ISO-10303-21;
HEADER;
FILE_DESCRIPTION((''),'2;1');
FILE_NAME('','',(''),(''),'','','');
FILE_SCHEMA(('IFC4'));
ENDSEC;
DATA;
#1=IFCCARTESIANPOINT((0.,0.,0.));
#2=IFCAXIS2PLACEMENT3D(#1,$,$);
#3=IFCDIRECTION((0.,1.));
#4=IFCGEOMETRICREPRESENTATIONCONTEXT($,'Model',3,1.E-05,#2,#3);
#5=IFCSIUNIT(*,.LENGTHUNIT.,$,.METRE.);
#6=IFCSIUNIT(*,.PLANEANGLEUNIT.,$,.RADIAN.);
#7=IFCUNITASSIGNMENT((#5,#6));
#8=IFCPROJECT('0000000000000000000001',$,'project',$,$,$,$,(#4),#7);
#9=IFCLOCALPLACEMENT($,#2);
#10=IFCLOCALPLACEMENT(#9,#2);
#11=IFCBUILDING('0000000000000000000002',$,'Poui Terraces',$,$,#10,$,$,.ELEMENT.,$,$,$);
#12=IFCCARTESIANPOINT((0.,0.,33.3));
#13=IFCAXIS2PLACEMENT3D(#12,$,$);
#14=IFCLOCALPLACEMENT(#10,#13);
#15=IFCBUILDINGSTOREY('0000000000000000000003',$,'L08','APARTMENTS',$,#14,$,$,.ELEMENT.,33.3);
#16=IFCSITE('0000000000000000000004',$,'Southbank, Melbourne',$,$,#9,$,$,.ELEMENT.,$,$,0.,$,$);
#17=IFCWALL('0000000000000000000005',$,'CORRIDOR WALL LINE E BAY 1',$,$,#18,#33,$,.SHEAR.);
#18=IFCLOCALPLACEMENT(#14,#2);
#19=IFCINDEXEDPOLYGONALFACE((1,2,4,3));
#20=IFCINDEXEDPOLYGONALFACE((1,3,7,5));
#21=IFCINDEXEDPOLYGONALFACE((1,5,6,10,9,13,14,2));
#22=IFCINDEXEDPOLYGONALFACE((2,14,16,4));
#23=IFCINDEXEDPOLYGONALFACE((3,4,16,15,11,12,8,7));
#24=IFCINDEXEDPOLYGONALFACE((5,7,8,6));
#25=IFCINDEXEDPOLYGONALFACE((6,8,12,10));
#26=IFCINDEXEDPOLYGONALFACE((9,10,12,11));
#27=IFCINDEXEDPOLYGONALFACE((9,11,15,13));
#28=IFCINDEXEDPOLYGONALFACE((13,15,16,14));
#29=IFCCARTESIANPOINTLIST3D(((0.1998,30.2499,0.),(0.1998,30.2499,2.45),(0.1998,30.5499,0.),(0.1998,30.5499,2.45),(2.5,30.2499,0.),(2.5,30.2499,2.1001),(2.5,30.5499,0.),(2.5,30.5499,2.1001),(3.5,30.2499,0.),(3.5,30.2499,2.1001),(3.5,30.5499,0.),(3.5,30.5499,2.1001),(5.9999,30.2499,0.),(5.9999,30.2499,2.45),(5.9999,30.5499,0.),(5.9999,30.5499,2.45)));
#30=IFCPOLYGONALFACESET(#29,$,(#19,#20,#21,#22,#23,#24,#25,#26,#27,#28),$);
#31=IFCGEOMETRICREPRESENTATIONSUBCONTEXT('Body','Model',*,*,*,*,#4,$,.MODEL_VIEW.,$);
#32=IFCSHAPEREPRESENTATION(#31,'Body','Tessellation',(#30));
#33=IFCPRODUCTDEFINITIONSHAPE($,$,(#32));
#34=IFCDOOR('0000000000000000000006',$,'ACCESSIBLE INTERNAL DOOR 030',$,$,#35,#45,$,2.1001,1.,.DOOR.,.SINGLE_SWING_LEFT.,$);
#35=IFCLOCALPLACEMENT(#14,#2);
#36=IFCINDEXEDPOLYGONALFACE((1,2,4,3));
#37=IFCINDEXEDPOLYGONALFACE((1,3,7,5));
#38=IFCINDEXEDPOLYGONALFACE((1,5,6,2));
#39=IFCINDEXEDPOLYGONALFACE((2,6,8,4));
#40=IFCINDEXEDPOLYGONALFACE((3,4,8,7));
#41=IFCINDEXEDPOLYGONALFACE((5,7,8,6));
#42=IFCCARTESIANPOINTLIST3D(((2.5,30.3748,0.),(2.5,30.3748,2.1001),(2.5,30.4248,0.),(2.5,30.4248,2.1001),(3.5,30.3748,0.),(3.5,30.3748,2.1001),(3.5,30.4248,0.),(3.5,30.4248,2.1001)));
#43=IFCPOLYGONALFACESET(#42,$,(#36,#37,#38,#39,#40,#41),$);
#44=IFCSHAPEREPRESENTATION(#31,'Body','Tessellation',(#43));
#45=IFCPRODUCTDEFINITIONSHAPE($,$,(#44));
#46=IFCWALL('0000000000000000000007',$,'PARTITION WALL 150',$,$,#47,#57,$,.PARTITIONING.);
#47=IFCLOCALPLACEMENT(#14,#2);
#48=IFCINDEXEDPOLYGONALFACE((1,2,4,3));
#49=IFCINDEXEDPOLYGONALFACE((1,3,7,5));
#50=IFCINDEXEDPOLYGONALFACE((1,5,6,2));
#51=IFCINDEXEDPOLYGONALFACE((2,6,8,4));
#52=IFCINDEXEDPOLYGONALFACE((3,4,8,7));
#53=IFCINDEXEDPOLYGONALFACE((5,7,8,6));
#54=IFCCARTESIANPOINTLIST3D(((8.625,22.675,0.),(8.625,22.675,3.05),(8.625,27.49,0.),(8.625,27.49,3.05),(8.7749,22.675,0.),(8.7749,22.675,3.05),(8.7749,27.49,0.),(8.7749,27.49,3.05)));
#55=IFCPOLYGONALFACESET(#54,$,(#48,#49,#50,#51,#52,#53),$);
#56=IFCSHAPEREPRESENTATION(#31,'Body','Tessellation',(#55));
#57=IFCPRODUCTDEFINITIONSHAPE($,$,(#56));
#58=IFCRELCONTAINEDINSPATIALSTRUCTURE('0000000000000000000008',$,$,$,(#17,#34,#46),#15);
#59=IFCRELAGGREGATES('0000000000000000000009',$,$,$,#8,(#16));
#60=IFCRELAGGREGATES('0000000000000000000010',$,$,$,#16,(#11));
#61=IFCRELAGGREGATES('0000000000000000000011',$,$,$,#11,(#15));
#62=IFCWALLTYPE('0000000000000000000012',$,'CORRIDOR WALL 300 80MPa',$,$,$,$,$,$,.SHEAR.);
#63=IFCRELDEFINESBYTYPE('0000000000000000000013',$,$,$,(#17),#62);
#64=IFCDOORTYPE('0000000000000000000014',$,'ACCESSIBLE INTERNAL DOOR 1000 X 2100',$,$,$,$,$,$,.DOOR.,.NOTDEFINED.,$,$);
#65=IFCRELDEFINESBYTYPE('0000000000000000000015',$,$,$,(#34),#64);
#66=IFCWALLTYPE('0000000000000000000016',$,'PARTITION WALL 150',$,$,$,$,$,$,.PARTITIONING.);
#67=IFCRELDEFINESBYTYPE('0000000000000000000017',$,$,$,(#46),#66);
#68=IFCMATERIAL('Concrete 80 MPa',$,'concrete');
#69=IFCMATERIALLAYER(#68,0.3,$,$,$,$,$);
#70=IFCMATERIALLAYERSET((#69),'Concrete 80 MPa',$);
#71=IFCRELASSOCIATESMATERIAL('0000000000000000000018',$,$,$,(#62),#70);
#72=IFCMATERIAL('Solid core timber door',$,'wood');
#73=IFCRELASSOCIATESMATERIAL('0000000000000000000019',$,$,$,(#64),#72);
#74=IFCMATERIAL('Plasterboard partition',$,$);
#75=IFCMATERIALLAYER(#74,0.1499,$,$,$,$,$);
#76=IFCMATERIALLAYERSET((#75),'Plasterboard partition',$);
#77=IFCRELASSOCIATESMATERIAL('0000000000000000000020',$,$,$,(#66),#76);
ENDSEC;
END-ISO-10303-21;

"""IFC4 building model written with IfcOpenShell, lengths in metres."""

from ifc_helpers import new_model, si_unit, direction, frame, frame_2d, origin, place, context, subcontext, project, spatial, rectangle, extrude, material, layer, layer_set, type_object, element, fill, save


model = new_model("IFC4")

# Units and contexts
model_context = context("Model", 3, precision=1e-05, world=origin(), true_north=direction((0.0, 1.0)))
body_context = subcontext(model_context, "Body", "Model", "MODEL_VIEW")
ifc_project = project(units=[si_unit("LENGTHUNIT", "METRE"), si_unit("PLANEANGLEUNIT", "RADIAN")], contexts=[model_context])

# Site, building, storey
site_placement = place(None, origin())
site = spatial("IfcSite", under=ifc_project, at=site_placement, Name="Southbank, Melbourne", CompositionType="ELEMENT", RefElevation=0.0)
building_placement = place(site_placement, origin())
building = spatial("IfcBuilding", under=site, at=building_placement, Name="Poui Terraces", CompositionType="ELEMENT")
storey_placement = place(building_placement, frame((0.0, 0.0, 33.3)))
storey = spatial("IfcBuildingStorey", under=building, at=storey_placement, Name="L08", Description="APARTMENTS", CompositionType="ELEMENT", Elevation=33.3)

# Wall, opening, door
ifc_material_1 = material(Name="Concrete 80 MPa", Category="concrete")
ifc_layer_1 = layer(ifc_material_1, 0.3)
ifc_layer_set_1 = layer_set([ifc_layer_1], Name="Concrete 80 MPa")
wall_type_1 = type_object("IfcWallType", Name="CORRIDOR WALL 300 80MPa", PredefinedType="SHEAR", material=ifc_layer_set_1)
wall_1_placement = place(storey_placement, frame((0.2, 30.3999, 0.0), z_axis=(0.0, 0.0, 1.0), x_axis=(1.0, 0.0, 0.0)))
wall_1 = element("IfcWall", 1, at=wall_1_placement, inside=storey, type_object=wall_type_1, Name="CORRIDOR WALL LINE E BAY 1", PredefinedType="SHEAR", context=body_context, shape_type="SweptSolid", body=[
    extrude(rectangle(XDim=5.8, YDim=0.3, at=frame_2d((2.8999, 0.0))), origin(), (0.0, 0.0, 1.0), 2.45),
])
opening_1_placement = place(wall_1_placement, frame((2.3, 0.0, 0.0)))
opening_1 = element("IfcOpeningElement", 2, at=opening_1_placement, cuts=wall_1, PredefinedType="OPENING", context=body_context, shape_type="SweptSolid", body=[
    extrude(rectangle(XDim=1.0, YDim=2.1001, at=frame_2d((0.5, 1.05))), frame((0.0, 0.1602, 0.0), z_axis=(0.0, -1.0, 0.0), x_axis=(1.0, 0.0, 0.0)), (0.0, 0.0, 1.0), 0.3201),
])
ifc_material_2 = material(Name="Solid core timber door", Category="wood")
door_type_1 = type_object("IfcDoorType", Name="ACCESSIBLE INTERNAL DOOR 1000 X 2100", OperationType="NOTDEFINED", PredefinedType="DOOR", material=ifc_material_2)
door_1_placement = place(opening_1_placement, origin())
door_1 = element("IfcDoor", 3, at=door_1_placement, inside=storey, type_object=door_type_1, Name="ACCESSIBLE INTERNAL DOOR 030", OperationType="SINGLE_SWING_LEFT", OverallHeight=2.1001, OverallWidth=1.0, PredefinedType="DOOR", context=body_context, shape_type="SweptSolid", body=[
    extrude(rectangle(XDim=1.0, YDim=2.1001, at=frame_2d((0.5, 1.05))), frame((0.0, 0.0249, 0.0), z_axis=(0.0, -1.0, 0.0), x_axis=(1.0, 0.0, 0.0)), (0.0, 0.0, 1.0), 0.05),
])
fill(opening_1, door_1)

# Wall
ifc_material_3 = material(Name="Plasterboard partition")
ifc_layer_2 = layer(ifc_material_3, 0.1499)
ifc_layer_set_2 = layer_set([ifc_layer_2], Name="Plasterboard partition")
wall_type_2 = type_object("IfcWallType", Name="PARTITION WALL 150", PredefinedType="PARTITIONING", material=ifc_layer_set_2)
wall_2_placement = place(storey_placement, frame((8.7, 22.675, 0.0), z_axis=(0.0, 0.0, 1.0), x_axis=(0.0, 1.0, 0.0)))
element("IfcWall", 4, at=wall_2_placement, inside=storey, type_object=wall_type_2, Name="PARTITION WALL 150", PredefinedType="PARTITIONING", context=body_context, shape_type="SweptSolid", body=[
    extrude(rectangle(XDim=4.8149, YDim=0.1499, at=frame_2d((2.4075, 0.0))), origin(), (0.0, 0.0, 1.0), 3.05),
])

save(model, "model.ifc")
